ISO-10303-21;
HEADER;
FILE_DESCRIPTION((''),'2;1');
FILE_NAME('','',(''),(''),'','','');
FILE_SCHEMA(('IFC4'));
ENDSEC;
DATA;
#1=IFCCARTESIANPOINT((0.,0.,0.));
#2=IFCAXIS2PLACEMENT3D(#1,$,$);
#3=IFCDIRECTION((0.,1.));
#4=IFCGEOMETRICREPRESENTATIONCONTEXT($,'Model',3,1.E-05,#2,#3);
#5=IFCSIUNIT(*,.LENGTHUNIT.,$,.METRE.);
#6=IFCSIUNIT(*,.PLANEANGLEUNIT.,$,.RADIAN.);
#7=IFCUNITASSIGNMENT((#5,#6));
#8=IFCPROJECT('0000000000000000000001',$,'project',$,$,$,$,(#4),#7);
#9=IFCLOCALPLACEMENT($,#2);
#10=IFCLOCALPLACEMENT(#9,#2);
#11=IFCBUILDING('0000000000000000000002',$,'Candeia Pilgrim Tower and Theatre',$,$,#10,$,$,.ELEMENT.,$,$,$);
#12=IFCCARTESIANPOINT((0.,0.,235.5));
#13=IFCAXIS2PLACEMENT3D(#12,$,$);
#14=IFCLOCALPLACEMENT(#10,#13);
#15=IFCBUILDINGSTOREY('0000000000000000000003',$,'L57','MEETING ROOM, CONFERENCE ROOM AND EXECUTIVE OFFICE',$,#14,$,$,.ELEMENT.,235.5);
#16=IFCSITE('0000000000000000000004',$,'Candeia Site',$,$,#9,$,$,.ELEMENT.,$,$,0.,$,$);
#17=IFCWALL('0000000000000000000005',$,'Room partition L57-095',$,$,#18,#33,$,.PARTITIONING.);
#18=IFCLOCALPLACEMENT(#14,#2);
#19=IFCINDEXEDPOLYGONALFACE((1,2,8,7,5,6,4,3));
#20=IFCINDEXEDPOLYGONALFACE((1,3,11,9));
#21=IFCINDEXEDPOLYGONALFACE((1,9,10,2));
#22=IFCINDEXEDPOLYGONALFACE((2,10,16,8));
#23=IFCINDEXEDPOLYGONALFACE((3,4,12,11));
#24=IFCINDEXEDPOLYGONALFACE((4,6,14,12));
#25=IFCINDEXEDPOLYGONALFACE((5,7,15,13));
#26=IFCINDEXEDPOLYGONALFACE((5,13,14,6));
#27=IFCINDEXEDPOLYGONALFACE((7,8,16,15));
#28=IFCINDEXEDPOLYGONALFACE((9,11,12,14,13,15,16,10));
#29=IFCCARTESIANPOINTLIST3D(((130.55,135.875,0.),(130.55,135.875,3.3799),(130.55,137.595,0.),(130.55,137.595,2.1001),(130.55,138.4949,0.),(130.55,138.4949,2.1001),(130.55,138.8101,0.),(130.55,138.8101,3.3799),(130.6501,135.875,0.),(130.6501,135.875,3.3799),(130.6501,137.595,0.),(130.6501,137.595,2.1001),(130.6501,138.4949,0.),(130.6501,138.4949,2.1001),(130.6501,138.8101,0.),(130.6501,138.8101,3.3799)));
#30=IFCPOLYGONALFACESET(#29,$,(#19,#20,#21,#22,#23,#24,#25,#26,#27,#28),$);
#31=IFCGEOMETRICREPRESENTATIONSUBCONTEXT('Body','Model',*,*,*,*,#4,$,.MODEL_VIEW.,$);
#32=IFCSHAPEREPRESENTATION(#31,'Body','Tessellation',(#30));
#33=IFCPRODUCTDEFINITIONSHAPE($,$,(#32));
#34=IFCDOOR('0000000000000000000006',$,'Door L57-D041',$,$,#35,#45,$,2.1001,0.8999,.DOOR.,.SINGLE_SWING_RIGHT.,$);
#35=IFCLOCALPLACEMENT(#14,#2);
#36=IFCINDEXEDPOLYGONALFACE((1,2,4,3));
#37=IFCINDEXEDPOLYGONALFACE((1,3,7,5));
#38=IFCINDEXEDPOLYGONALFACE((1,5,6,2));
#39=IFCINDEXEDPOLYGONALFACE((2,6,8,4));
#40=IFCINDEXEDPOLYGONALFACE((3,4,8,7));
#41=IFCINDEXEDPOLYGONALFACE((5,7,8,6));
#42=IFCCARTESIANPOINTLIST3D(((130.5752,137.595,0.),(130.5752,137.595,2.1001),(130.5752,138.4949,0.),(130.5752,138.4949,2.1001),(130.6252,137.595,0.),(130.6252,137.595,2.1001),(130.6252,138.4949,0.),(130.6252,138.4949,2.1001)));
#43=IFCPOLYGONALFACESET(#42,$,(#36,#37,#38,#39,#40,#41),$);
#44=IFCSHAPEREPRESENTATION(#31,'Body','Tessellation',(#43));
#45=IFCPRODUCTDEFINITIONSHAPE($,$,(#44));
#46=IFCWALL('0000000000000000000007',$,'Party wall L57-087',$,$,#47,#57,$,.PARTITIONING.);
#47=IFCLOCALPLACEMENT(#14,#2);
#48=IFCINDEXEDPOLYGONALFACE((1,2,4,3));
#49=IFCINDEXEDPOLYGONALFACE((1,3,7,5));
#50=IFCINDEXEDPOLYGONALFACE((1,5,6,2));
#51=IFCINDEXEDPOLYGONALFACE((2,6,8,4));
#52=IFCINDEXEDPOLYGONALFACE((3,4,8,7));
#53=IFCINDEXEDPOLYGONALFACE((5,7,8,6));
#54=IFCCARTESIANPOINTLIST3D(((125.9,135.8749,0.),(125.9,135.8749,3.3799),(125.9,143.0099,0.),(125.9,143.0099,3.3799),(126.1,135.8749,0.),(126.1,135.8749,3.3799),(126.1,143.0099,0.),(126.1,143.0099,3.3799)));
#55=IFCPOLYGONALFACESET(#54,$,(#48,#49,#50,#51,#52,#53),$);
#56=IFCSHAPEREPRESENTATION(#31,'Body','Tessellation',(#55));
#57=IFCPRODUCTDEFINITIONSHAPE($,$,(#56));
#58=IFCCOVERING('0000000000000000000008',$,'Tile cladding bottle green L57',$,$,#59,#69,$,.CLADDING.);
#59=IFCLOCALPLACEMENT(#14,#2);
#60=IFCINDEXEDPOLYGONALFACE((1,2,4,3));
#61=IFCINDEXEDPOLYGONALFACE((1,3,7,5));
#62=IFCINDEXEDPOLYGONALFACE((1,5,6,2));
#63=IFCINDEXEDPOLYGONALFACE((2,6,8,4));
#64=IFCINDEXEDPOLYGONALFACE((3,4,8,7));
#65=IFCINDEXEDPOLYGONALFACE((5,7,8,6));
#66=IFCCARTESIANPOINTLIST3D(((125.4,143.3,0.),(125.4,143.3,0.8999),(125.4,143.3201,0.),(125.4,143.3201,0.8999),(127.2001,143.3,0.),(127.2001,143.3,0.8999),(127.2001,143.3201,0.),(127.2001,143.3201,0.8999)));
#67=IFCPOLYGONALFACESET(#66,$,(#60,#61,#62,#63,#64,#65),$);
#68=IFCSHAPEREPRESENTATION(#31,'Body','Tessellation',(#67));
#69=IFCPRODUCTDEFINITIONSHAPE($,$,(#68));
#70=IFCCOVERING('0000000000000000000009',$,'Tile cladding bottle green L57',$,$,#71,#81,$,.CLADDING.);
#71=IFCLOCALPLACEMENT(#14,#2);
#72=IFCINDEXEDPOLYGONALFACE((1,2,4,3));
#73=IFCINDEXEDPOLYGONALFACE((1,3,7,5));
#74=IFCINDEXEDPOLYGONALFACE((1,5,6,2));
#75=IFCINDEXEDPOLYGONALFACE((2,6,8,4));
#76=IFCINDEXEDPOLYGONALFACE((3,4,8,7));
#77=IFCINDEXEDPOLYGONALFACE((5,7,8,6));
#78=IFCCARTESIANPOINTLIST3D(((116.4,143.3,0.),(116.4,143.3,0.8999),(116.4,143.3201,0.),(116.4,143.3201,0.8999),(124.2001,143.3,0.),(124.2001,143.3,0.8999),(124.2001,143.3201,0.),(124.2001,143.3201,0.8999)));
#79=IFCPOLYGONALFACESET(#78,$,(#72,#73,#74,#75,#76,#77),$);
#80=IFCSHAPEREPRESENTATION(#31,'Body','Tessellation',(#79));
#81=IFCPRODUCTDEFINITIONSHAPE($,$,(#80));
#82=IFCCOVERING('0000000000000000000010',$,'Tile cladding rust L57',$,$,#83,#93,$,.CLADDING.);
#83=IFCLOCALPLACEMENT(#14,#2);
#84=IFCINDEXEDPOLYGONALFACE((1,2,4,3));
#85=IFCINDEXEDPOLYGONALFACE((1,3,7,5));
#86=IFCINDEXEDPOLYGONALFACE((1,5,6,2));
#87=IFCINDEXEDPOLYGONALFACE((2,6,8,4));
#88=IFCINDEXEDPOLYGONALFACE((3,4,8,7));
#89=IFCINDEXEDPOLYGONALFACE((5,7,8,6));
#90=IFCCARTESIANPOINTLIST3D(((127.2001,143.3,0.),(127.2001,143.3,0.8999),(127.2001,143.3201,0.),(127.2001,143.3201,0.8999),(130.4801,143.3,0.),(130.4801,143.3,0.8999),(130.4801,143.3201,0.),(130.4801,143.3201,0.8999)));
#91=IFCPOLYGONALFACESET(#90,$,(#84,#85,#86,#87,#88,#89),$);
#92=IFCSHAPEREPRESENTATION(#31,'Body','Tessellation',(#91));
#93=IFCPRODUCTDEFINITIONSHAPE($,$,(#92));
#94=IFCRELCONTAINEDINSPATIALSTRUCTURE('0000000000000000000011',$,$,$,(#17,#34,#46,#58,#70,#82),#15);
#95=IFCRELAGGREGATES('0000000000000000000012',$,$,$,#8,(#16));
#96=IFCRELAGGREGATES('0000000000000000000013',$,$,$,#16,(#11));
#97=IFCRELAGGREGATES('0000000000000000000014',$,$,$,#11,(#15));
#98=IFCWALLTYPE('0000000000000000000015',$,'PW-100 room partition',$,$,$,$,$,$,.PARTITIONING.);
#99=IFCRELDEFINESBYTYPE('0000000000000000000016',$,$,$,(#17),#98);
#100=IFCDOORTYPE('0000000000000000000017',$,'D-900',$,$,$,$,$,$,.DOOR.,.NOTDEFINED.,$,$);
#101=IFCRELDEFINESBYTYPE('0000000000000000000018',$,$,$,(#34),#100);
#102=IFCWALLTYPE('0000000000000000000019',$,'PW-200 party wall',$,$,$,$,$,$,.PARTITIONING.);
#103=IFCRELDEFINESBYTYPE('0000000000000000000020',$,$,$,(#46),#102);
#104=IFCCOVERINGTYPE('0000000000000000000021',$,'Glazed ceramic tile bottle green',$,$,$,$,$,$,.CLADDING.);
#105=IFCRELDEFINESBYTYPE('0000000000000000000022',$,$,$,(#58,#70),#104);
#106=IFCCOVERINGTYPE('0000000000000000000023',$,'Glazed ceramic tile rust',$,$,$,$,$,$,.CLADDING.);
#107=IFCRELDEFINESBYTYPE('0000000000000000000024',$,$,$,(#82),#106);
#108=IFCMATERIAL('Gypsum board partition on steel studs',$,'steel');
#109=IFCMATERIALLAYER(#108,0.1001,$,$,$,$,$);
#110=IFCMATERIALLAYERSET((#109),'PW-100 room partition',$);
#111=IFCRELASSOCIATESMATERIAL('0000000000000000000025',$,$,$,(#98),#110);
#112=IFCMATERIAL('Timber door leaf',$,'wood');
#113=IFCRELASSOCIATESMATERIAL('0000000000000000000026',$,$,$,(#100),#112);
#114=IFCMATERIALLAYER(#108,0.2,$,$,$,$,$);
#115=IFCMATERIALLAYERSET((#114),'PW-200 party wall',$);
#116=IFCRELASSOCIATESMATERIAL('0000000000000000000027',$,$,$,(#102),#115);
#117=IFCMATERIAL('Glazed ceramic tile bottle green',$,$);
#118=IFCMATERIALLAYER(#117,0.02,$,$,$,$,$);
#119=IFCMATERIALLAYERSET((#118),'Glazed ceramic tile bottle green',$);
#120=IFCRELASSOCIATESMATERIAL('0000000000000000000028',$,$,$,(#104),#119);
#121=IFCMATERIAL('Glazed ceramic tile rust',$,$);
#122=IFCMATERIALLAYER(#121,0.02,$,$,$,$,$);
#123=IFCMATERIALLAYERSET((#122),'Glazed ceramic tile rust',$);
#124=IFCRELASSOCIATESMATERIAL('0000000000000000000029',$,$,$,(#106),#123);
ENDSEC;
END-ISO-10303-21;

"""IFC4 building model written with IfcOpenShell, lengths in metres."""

from ifc_helpers import new_model, si_unit, direction, frame, frame_2d, origin, origin_2d, place, context, subcontext, project, spatial, rectangle, extrude, material, layer, layer_set, type_object, element, fill, save


model = new_model("IFC4")

# Units and contexts
model_context = context("Model", 3, precision=1e-05, world=origin(), true_north=direction((0.0, 1.0)))
body_context = subcontext(model_context, "Body", "Model", "MODEL_VIEW")
ifc_project = project(units=[si_unit("LENGTHUNIT", "METRE"), si_unit("PLANEANGLEUNIT", "RADIAN")], contexts=[model_context])

# Site, building, storey
site_placement = place(None, origin())
site = spatial("IfcSite", under=ifc_project, at=site_placement, Name="Candeia Site", CompositionType="ELEMENT", RefElevation=0.0)
building_placement = place(site_placement, origin())
building = spatial("IfcBuilding", under=site, at=building_placement, Name="Candeia Pilgrim Tower and Theatre", CompositionType="ELEMENT")
storey_placement = place(building_placement, frame((0.0, 0.0, 235.5)))
storey = spatial("IfcBuildingStorey", under=building, at=storey_placement, Name="L57", Description="MEETING ROOM, CONFERENCE ROOM AND EXECUTIVE OFFICE", CompositionType="ELEMENT", Elevation=235.5)

# Shared definitions
ifc_material_1 = material(Name="Gypsum board partition on steel studs", Category="steel")
ifc_layer_1 = layer(ifc_material_1, 0.1001)
ifc_layer_set_1 = layer_set([ifc_layer_1], Name="PW-100 room partition")
wall_type_1 = type_object("IfcWallType", Name="PW-100 room partition", PredefinedType="PARTITIONING", material=ifc_layer_set_1)
ifc_material_2 = material(Name="Timber door leaf", Category="wood")
door_type_1 = type_object("IfcDoorType", Name="D-900", OperationType="NOTDEFINED", PredefinedType="DOOR", material=ifc_material_2)

# Wall, opening, door
wall_1_placement = place(storey_placement, frame((130.6001, 135.875, 0.0), z_axis=(0.0, 0.0, 1.0), x_axis=(0.0, 1.0, 0.0)))
wall_1 = element("IfcWall", 1, at=wall_1_placement, inside=storey, type_object=wall_type_1, Name="Room partition L57-095", PredefinedType="PARTITIONING", context=body_context, shape_type="SweptSolid", body=[
    extrude(rectangle(XDim=2.9351, YDim=0.1001, at=frame_2d((1.4675, 0.0))), origin(), (0.0, 0.0, 1.0), 3.3799),
])
opening_1_placement = place(wall_1_placement, frame((1.72, 0.0, 0.0)))
opening_1 = element("IfcOpeningElement", 2, at=opening_1_placement, cuts=wall_1, PredefinedType="OPENING", context=body_context, shape_type="SweptSolid", body=[
    extrude(rectangle(XDim=0.8999, YDim=2.1001, at=frame_2d((0.45, 1.05))), frame((0.0, 0.0601, 0.0), z_axis=(0.0, -1.0, 0.0), x_axis=(1.0, 0.0, 0.0)), (0.0, 0.0, 1.0), 0.1201),
])
door_1_placement = place(opening_1_placement, origin())
door_1 = element("IfcDoor", 3, at=door_1_placement, inside=storey, type_object=door_type_1, Name="Door L57-D041", OperationType="SINGLE_SWING_RIGHT", OverallHeight=2.1001, OverallWidth=0.8999, PredefinedType="DOOR", context=body_context, shape_type="SweptSolid", body=[
    extrude(rectangle(XDim=0.8999, YDim=2.1001, at=frame_2d((0.45, 1.05))), frame((0.0, 0.0249, 0.0), z_axis=(0.0, -1.0, 0.0), x_axis=(1.0, 0.0, 0.0)), (0.0, 0.0, 1.0), 0.05),
])
fill(opening_1, door_1)

# Wall
ifc_layer_2 = layer(ifc_material_1, 0.2)
ifc_layer_set_2 = layer_set([ifc_layer_2], Name="PW-200 party wall")
wall_type_2 = type_object("IfcWallType", Name="PW-200 party wall", PredefinedType="PARTITIONING", material=ifc_layer_set_2)
wall_2_placement = place(storey_placement, frame((126.0, 135.875, 0.0), z_axis=(0.0, 0.0, 1.0), x_axis=(0.0, 1.0, 0.0)))
element("IfcWall", 4, at=wall_2_placement, inside=storey, type_object=wall_type_2, Name="Party wall L57-087", PredefinedType="PARTITIONING", context=body_context, shape_type="SweptSolid", body=[
    extrude(rectangle(XDim=7.135, YDim=0.2, at=frame_2d((3.5674, 0.0))), origin(), (0.0, 0.0, 1.0), 3.3799),
])

# Coverings
ifc_material_3 = material(Name="Glazed ceramic tile bottle green")
ifc_layer_3 = layer(ifc_material_3, 0.02)
ifc_layer_set_3 = layer_set([ifc_layer_3], Name="Glazed ceramic tile bottle green")
covering_type_1 = type_object("IfcCoveringType", Name="Glazed ceramic tile bottle green", PredefinedType="CLADDING", material=ifc_layer_set_3)
covering_1_placement = place(storey_placement, frame((126.3, 143.3101, 0.0), z_axis=(0.0, 0.0, 1.0), x_axis=(-1.0, 0.0, 0.0)))
element("IfcCovering", 5, at=covering_1_placement, inside=storey, type_object=covering_type_1, Name="Tile cladding bottle green L57", PredefinedType="CLADDING", context=body_context, shape_type="SweptSolid", body=[
    extrude(rectangle(XDim=1.8, YDim=0.02, at=origin_2d()), origin(), (0.0, 0.0, 1.0), 0.8999),
])
covering_2_placement = place(storey_placement, frame((120.3, 143.3101, 0.0), z_axis=(0.0, 0.0, 1.0), x_axis=(-1.0, 0.0, 0.0)))
element("IfcCovering", 6, at=covering_2_placement, inside=storey, type_object=covering_type_1, Name="Tile cladding bottle green L57", PredefinedType="CLADDING", context=body_context, shape_type="SweptSolid", body=[
    extrude(rectangle(XDim=7.8, YDim=0.02, at=origin_2d()), origin(), (0.0, 0.0, 1.0), 0.8999),
])
ifc_material_4 = material(Name="Glazed ceramic tile rust")
ifc_layer_4 = layer(ifc_material_4, 0.02)
ifc_layer_set_4 = layer_set([ifc_layer_4], Name="Glazed ceramic tile rust")
covering_type_2 = type_object("IfcCoveringType", Name="Glazed ceramic tile rust", PredefinedType="CLADDING", material=ifc_layer_set_4)
covering_3_placement = place(storey_placement, frame((128.8401, 143.3101, 0.0), z_axis=(0.0, 0.0, 1.0), x_axis=(-1.0, 0.0, 0.0)))
element("IfcCovering", 7, at=covering_3_placement, inside=storey, type_object=covering_type_2, Name="Tile cladding rust L57", PredefinedType="CLADDING", context=body_context, shape_type="SweptSolid", body=[
    extrude(rectangle(XDim=3.28, YDim=0.02, at=origin_2d()), origin(), (0.0, 0.0, 1.0), 0.8999),
])

save(model, "model.ifc")
